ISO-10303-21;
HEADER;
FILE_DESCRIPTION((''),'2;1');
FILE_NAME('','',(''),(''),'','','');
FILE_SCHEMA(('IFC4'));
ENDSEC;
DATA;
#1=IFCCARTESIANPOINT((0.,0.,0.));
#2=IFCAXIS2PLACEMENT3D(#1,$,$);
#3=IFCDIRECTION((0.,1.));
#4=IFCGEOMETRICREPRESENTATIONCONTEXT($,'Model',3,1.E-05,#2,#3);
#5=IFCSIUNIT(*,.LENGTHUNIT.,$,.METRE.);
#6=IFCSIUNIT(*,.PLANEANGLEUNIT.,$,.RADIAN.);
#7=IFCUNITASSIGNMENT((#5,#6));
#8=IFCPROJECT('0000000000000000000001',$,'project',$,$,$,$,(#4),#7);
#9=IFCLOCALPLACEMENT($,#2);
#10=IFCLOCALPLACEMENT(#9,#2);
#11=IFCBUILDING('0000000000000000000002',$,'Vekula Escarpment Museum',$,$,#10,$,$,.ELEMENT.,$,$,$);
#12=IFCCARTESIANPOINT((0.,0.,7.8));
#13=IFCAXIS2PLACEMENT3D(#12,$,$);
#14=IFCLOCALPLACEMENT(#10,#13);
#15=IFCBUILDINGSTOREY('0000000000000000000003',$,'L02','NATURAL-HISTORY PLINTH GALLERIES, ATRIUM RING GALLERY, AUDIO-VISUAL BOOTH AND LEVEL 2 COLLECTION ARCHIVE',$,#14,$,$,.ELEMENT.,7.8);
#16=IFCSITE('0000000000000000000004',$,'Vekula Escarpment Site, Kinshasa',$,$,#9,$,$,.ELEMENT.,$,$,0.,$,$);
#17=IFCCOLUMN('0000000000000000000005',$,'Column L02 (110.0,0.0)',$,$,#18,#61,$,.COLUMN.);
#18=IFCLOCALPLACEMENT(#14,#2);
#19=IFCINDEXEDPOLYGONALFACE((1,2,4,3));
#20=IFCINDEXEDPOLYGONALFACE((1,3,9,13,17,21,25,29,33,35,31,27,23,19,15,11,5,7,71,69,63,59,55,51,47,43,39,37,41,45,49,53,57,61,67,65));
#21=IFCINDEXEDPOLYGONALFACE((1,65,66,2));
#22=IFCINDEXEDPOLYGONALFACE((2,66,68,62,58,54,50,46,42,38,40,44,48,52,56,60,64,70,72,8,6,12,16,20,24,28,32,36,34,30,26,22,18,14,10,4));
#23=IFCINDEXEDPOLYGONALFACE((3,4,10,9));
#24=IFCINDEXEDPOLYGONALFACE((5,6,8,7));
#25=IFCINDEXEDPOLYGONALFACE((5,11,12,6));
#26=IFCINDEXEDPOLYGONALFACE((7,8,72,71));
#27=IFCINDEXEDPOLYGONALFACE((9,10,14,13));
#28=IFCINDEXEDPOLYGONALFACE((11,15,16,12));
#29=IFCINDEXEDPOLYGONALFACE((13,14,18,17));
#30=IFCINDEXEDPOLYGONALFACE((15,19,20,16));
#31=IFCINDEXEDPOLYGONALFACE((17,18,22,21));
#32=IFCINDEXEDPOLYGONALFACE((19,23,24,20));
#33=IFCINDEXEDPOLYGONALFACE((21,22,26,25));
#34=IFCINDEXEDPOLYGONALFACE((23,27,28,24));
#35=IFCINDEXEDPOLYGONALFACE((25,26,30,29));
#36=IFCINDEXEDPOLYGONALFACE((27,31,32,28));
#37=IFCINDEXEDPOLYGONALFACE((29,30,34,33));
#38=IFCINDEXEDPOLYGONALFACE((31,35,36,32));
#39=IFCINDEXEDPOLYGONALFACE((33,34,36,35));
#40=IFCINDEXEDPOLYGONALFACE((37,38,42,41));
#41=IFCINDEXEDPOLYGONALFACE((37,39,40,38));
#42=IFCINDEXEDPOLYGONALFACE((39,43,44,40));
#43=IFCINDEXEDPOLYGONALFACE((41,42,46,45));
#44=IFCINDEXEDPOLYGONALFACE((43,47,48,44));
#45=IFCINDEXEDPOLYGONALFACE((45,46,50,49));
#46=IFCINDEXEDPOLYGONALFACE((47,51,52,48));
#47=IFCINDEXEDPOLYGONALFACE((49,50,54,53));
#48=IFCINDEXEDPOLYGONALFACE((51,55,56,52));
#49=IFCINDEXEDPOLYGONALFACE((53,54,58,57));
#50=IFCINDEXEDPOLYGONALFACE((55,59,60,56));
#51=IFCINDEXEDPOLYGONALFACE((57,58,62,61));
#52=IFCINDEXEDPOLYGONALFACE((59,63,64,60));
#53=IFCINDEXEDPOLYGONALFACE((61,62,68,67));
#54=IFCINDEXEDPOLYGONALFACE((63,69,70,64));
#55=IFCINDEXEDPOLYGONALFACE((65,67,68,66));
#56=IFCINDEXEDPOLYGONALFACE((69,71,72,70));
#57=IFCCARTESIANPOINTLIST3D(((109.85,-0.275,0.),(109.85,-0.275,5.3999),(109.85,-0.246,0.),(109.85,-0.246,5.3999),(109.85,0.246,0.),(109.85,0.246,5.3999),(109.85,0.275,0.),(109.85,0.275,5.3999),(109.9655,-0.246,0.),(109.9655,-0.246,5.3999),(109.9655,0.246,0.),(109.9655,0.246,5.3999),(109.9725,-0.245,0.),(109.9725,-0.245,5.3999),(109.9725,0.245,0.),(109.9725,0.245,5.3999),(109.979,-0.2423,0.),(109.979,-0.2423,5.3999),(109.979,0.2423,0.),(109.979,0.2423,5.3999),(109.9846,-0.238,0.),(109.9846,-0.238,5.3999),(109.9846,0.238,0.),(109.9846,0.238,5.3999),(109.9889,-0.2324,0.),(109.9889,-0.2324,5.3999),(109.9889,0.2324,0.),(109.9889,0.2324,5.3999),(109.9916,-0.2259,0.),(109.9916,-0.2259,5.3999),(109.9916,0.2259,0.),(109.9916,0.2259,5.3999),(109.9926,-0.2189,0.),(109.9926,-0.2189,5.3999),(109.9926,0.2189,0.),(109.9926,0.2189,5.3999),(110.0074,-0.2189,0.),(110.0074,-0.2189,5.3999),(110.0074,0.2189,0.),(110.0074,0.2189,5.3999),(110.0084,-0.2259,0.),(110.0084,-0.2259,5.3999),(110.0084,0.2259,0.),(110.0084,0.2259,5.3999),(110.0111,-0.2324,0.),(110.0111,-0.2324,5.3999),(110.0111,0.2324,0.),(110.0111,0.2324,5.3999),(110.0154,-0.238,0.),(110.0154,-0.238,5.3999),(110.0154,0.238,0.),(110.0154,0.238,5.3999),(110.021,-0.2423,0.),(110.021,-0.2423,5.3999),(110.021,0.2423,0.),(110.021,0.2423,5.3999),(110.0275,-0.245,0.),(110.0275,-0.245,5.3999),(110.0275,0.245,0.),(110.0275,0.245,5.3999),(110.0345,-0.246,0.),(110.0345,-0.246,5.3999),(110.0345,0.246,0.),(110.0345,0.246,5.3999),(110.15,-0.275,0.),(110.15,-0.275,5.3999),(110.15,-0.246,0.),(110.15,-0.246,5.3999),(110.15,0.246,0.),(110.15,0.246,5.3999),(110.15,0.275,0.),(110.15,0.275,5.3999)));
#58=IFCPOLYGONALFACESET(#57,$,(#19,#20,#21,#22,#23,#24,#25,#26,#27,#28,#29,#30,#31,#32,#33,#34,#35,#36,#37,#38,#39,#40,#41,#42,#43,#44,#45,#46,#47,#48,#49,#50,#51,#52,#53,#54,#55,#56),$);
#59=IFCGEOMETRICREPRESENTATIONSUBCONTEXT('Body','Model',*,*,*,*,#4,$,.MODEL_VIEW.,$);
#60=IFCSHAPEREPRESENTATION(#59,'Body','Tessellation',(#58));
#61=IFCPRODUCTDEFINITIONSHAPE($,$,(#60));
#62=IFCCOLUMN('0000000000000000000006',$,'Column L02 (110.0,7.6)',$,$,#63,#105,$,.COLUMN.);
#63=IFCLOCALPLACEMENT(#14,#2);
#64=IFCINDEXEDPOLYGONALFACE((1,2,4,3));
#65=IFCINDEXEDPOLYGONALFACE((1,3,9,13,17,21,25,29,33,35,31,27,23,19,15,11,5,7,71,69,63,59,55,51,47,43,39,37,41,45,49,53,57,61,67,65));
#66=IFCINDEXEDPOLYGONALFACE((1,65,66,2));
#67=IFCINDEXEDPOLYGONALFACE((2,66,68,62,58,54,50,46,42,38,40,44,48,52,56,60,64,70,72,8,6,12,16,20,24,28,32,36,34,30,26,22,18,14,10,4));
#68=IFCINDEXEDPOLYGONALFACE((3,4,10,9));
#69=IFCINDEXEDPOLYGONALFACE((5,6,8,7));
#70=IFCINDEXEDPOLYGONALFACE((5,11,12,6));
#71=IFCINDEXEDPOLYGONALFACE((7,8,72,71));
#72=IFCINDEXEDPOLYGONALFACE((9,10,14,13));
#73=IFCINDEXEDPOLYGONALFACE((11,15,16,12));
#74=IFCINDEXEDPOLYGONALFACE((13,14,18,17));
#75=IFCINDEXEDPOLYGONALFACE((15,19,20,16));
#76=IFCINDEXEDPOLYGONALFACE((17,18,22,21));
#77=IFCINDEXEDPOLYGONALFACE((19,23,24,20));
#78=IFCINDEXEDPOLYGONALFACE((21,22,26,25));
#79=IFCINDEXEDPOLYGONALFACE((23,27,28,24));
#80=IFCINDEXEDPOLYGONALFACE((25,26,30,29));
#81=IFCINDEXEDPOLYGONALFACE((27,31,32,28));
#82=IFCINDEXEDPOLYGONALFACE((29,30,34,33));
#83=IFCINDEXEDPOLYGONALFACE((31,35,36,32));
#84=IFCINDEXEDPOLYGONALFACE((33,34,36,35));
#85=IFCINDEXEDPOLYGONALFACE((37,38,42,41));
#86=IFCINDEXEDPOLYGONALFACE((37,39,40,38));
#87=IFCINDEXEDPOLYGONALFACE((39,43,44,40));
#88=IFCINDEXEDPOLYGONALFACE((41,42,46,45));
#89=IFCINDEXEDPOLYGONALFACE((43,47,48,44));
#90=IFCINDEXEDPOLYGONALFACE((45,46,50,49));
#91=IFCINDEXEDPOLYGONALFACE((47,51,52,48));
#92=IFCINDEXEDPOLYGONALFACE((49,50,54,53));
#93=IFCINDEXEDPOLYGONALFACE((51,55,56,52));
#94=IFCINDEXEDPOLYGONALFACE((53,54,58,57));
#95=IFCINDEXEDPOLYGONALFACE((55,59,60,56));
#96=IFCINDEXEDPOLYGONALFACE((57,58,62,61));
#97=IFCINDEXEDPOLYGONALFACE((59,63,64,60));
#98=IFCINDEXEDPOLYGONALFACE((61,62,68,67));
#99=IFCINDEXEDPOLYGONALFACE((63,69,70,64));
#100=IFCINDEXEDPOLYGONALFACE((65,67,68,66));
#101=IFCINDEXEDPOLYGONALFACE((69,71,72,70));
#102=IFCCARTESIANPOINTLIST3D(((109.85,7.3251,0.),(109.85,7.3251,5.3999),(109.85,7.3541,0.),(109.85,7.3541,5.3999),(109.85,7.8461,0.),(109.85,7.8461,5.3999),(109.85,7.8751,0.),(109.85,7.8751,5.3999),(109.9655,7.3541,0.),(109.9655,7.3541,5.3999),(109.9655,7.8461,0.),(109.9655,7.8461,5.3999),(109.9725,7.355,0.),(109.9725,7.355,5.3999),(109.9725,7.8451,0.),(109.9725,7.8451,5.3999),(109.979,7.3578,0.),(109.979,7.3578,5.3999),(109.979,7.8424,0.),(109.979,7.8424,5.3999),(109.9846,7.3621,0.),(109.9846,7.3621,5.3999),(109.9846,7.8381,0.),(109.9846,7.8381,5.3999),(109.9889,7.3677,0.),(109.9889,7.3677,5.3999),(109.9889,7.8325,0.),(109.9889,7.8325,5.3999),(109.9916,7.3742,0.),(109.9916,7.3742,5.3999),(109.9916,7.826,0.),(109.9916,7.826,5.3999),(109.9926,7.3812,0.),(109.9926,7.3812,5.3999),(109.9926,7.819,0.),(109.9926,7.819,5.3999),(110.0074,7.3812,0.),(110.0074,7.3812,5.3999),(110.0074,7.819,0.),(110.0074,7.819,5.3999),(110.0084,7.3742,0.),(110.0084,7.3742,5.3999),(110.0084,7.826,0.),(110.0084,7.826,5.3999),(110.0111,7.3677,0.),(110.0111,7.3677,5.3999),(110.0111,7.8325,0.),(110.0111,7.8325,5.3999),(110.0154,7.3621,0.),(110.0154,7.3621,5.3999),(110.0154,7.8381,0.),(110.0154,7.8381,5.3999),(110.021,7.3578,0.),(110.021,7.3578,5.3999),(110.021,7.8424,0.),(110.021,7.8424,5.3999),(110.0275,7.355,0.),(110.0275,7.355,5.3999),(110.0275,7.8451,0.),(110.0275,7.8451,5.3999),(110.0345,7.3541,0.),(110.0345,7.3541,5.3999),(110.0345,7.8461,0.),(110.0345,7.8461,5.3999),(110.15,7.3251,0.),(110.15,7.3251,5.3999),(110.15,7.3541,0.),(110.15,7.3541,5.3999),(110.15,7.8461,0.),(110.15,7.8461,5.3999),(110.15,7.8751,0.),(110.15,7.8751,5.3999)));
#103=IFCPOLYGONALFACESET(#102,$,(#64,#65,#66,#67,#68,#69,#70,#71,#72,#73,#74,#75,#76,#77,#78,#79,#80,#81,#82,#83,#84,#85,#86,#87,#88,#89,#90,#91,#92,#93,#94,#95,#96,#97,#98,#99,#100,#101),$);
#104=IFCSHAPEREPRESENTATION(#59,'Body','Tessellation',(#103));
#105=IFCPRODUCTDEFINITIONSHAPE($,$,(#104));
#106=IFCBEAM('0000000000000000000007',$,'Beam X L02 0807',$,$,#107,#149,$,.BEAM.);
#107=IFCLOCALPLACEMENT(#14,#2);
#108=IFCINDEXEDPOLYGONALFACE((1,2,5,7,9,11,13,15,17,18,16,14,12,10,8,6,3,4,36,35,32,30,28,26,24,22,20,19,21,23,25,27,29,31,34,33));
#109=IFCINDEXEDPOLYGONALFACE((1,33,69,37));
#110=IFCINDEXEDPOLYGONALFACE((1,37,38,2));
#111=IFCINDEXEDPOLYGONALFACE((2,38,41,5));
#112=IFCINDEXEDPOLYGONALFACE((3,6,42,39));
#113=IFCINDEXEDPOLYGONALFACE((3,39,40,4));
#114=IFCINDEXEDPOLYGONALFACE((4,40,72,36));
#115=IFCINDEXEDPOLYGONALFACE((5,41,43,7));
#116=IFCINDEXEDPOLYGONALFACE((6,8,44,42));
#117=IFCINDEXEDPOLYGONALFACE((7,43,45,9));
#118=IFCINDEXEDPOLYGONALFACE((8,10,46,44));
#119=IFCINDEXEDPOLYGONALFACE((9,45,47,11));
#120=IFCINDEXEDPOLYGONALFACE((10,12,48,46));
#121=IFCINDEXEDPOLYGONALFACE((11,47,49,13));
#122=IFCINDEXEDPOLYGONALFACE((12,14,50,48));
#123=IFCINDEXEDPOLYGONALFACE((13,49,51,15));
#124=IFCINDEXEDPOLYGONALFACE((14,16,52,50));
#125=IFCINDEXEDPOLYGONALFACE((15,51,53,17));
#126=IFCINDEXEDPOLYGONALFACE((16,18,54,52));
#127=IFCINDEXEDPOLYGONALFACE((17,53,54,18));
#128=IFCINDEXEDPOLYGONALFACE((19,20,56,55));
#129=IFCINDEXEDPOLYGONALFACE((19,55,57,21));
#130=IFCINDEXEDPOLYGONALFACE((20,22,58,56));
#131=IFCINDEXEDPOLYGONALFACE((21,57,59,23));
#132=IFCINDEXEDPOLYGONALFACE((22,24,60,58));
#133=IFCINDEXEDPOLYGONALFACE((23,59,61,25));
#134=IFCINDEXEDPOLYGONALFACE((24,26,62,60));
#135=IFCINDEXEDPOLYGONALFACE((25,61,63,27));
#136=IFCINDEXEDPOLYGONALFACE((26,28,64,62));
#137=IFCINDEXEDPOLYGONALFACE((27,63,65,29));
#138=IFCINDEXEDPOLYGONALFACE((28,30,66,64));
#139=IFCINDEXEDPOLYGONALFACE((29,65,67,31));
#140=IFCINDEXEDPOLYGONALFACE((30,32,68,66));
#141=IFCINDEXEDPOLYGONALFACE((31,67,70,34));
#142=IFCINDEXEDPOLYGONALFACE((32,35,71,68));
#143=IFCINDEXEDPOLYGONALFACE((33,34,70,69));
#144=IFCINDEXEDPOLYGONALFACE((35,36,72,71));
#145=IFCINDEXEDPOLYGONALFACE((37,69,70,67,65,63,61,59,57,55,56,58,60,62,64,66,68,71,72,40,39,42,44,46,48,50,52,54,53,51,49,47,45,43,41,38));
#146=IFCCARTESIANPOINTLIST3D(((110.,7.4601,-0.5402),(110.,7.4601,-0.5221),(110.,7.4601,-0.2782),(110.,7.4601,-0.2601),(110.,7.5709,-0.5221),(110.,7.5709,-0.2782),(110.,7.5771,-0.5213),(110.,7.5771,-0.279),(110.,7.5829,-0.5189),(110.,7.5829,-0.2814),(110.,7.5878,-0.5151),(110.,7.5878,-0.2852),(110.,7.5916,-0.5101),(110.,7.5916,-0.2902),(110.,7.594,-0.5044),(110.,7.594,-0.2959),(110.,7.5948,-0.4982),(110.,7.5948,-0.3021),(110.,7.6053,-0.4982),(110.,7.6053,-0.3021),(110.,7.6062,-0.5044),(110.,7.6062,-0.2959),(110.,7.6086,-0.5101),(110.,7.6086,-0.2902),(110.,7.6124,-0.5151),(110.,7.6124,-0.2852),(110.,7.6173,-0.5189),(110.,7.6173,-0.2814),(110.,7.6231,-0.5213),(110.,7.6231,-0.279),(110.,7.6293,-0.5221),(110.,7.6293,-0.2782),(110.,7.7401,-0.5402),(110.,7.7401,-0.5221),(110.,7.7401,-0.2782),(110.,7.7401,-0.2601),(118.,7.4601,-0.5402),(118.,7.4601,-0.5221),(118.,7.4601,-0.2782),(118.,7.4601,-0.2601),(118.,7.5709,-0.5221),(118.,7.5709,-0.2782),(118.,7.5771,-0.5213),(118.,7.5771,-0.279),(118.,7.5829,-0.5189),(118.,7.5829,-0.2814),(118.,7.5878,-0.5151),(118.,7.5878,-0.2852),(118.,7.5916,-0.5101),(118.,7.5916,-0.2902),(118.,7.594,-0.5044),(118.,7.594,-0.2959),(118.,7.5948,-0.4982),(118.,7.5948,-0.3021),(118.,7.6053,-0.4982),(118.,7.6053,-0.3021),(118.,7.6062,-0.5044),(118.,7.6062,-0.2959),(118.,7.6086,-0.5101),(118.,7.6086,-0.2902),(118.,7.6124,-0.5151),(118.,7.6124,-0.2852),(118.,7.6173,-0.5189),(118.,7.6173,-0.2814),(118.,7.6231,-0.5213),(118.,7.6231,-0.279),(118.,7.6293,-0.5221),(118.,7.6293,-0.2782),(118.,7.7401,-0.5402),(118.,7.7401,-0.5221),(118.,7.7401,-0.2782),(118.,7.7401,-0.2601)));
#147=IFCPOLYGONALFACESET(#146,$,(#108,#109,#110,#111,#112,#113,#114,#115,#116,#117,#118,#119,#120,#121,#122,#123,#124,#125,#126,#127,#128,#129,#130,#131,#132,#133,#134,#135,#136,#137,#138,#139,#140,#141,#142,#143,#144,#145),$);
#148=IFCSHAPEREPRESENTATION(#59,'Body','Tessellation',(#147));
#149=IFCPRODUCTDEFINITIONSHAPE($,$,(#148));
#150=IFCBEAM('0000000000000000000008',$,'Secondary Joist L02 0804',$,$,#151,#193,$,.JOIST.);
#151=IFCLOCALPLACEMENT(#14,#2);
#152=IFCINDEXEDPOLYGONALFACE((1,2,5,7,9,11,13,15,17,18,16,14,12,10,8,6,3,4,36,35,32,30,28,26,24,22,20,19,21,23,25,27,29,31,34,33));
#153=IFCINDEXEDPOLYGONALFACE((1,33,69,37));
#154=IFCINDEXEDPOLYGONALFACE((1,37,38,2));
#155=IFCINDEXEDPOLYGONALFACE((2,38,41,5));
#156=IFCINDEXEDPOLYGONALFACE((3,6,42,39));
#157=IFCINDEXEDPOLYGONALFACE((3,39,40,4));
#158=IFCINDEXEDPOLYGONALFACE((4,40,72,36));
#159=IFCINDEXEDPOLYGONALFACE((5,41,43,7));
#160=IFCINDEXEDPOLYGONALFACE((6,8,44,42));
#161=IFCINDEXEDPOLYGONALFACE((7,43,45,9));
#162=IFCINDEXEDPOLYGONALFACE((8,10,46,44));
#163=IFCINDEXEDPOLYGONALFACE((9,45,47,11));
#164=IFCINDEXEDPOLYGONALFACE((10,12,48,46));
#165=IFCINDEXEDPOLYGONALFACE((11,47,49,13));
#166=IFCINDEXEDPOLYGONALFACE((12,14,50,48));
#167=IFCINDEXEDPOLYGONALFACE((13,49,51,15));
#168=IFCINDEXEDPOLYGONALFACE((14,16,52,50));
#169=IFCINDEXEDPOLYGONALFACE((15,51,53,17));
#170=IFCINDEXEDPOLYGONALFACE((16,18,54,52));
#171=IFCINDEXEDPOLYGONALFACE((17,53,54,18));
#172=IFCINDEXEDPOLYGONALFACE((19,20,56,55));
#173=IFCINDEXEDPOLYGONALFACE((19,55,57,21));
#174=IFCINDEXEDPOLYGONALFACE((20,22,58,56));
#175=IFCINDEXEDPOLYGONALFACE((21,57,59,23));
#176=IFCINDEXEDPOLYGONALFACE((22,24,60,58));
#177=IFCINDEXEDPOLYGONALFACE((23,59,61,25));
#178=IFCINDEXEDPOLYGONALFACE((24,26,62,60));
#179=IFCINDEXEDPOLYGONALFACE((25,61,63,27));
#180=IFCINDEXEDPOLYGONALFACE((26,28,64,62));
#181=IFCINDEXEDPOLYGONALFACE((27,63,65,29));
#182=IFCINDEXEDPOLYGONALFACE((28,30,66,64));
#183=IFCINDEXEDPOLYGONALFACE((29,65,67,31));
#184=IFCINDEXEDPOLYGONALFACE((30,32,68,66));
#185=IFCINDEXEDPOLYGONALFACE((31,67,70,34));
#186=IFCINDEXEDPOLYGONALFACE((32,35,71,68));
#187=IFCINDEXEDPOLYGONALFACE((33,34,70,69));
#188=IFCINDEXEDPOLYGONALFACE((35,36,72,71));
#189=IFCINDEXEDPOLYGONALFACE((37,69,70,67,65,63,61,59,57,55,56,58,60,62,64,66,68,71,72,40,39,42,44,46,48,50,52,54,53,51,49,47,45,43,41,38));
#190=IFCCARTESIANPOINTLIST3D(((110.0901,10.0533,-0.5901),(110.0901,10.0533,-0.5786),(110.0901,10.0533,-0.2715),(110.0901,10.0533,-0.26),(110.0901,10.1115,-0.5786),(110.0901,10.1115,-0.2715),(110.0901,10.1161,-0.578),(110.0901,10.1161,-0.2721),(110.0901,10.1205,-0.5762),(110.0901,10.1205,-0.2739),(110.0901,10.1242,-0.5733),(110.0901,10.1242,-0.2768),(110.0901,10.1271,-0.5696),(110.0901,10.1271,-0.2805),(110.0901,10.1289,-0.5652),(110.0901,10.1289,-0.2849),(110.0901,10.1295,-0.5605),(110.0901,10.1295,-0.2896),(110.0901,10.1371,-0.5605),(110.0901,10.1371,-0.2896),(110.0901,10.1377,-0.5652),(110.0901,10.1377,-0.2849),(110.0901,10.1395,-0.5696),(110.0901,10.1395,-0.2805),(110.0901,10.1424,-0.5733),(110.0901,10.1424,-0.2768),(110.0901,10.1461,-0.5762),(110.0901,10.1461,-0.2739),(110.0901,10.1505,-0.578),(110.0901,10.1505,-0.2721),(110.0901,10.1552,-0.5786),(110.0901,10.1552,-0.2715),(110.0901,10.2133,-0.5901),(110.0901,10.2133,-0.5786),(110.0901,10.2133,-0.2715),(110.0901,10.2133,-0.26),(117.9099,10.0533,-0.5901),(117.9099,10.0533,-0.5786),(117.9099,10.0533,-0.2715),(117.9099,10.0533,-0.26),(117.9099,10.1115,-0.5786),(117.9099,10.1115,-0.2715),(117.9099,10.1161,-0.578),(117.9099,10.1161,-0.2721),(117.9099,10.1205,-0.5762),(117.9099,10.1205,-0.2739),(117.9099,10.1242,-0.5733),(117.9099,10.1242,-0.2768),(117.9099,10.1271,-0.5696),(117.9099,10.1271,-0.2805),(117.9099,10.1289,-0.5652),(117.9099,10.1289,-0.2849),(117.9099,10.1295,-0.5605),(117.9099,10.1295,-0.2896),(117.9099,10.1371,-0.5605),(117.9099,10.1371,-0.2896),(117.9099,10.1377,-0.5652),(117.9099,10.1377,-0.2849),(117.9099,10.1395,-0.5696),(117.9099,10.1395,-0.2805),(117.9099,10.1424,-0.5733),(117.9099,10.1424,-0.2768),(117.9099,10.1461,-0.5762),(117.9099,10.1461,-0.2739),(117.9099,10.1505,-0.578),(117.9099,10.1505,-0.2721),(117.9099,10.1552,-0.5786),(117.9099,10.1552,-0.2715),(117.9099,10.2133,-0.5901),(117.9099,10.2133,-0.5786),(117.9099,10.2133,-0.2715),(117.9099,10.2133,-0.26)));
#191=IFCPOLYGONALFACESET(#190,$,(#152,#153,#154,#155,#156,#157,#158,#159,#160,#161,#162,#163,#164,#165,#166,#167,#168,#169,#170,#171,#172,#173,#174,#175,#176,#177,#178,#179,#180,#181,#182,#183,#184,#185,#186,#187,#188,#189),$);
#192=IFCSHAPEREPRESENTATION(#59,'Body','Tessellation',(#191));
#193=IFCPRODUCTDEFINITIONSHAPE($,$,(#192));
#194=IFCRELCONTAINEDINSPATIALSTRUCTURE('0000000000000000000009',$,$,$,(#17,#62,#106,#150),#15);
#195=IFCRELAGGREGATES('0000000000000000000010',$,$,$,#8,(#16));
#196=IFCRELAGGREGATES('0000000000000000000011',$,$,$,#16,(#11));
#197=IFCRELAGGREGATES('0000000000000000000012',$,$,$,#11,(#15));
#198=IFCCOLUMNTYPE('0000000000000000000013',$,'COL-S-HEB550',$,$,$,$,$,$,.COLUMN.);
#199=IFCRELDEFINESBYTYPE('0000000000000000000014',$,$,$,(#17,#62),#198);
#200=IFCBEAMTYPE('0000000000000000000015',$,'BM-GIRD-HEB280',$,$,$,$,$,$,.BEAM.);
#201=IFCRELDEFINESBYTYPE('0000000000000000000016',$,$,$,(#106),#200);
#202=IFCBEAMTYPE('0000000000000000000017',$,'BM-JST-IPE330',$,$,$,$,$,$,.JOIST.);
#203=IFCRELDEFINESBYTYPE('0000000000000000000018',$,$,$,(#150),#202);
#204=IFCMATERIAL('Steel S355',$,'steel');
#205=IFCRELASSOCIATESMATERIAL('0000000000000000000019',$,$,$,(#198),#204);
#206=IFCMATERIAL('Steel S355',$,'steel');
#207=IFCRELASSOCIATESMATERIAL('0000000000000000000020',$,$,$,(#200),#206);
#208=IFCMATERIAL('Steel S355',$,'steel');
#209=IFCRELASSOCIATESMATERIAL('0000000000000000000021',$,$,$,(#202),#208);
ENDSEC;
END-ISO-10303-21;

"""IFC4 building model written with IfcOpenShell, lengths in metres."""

from ifc_helpers import new_model, si_unit, direction, frame, origin, origin_2d, place, context, subcontext, project, spatial, i_section, extrude, material, material_profile, profile_set, type_object, element, save


model = new_model("IFC4")

# Units and contexts
model_context = context("Model", 3, precision=1e-05, world=origin(), true_north=direction((0.0, 1.0)))
body_context = subcontext(model_context, "Body", "Model", "MODEL_VIEW")
ifc_project = project(units=[si_unit("LENGTHUNIT", "METRE"), si_unit("PLANEANGLEUNIT", "RADIAN")], contexts=[model_context])

# Site, building, storey
site_placement = place(None, origin())
site = spatial("IfcSite", under=ifc_project, at=site_placement, Name="Vekula Escarpment Site, Kinshasa", CompositionType="ELEMENT", RefElevation=0.0)
building_placement = place(site_placement, origin())
building = spatial("IfcBuilding", under=site, at=building_placement, Name="Vekula Escarpment Museum", CompositionType="ELEMENT")
storey_placement = place(building_placement, frame((0.0, 0.0, 7.8)))
storey = spatial("IfcBuildingStorey", under=building, at=storey_placement, Name="L02", Description="NATURAL-HISTORY PLINTH GALLERIES, ATRIUM RING GALLERY, AUDIO-VISUAL BOOTH AND LEVEL 2 COLLECTION ARCHIVE", CompositionType="ELEMENT", Elevation=7.8)

# Columns
ifc_material_1 = material(Name="Steel S355", Category="steel")
ifc_material_profile_1 = material_profile(ifc_material_1, i_section(OverallWidth=0.3, OverallDepth=0.55, WebThickness=0.0149, FlangeThickness=0.0291, FilletRadius=0.0271, at=origin_2d()), Name="HEB 550")
ifc_profile_set_1 = profile_set([ifc_material_profile_1], Name="Steel S355")
column_type = type_object("IfcColumnType", Name="COL-S-HEB550", PredefinedType="COLUMN", material=ifc_profile_set_1)
for number, where, z_axis, x_axis, name in (
    (1, (110.0, 0.0, 0.0), (0.0, 0.0, 1.0), (1.0, 0.0, 0.0), "Column L02 (110.0,0.0)"),
    (2, (110.0, 7.6001, 0.0), (0.0, 0.0, 1.0), (1.0, 0.0, 0.0), "Column L02 (110.0,7.6)"),
):
    element("IfcColumn", number, at=place(storey_placement, frame(where, z_axis=z_axis, x_axis=x_axis)), inside=storey, type_object=column_type, Name=name, PredefinedType="COLUMN", context=body_context, shape_type="SweptSolid", body=[
        extrude(i_section(OverallWidth=0.3, OverallDepth=0.55, WebThickness=0.0149, FlangeThickness=0.0291, FilletRadius=0.0271, at=origin_2d()), origin(), (0.0, 0.0, 1.0), 5.3999),
    ])

# Beams
ifc_material_2 = material(Name="Steel S355", Category="steel")
ifc_material_profile_2 = material_profile(ifc_material_2, i_section(OverallWidth=0.28, OverallDepth=0.28, WebThickness=0.0105, FlangeThickness=0.0181, FilletRadius=0.0239, at=origin_2d()), Name="HEB 280")
ifc_profile_set_2 = profile_set([ifc_material_profile_2], Name="Steel S355")
beam_type_1 = type_object("IfcBeamType", Name="BM-GIRD-HEB280", PredefinedType="BEAM", material=ifc_profile_set_2)
beam_1_placement = place(storey_placement, frame((110.0, 7.6001, -0.4001), z_axis=(1.0, 0.0, 0.0), x_axis=(0.0, 1.0, 0.0)))
element("IfcBeam", 3, at=beam_1_placement, inside=storey, type_object=beam_type_1, Name="Beam X L02 0807", PredefinedType="BEAM", context=body_context, shape_type="SweptSolid", body=[
    extrude(i_section(OverallWidth=0.28, OverallDepth=0.28, WebThickness=0.0105, FlangeThickness=0.0181, FilletRadius=0.0239, at=origin_2d()), origin(), (0.0, 0.0, 1.0), 8.0),
])
ifc_material_3 = material(Name="Steel S355", Category="steel")
ifc_material_profile_3 = material_profile(ifc_material_3, i_section(OverallWidth=0.1599, OverallDepth=0.3301, WebThickness=0.0076, FlangeThickness=0.0115, FilletRadius=0.0181, at=origin_2d()), Name="IPE 330")
ifc_profile_set_3 = profile_set([ifc_material_profile_3], Name="Steel S355")
beam_type_2 = type_object("IfcBeamType", Name="BM-JST-IPE330", PredefinedType="JOIST", material=ifc_profile_set_3)
for number, where, z_axis, x_axis, name in (
    (4, (110.0901, 10.1333, -0.425), (1.0, 0.0, 0.0), (0.0, 1.0, 0.0), "Secondary Joist L02 0804"),
):
    element("IfcBeam", number, at=place(storey_placement, frame(where, z_axis=z_axis, x_axis=x_axis)), inside=storey, type_object=beam_type_2, Name=name, PredefinedType="JOIST", context=body_context, shape_type="SweptSolid", body=[
        extrude(i_section(OverallWidth=0.1599, OverallDepth=0.3301, WebThickness=0.0076, FlangeThickness=0.0115, FilletRadius=0.0181, at=origin_2d()), origin(), (0.0, 0.0, 1.0), 7.8198),
    ])

save(model, "model.ifc")
